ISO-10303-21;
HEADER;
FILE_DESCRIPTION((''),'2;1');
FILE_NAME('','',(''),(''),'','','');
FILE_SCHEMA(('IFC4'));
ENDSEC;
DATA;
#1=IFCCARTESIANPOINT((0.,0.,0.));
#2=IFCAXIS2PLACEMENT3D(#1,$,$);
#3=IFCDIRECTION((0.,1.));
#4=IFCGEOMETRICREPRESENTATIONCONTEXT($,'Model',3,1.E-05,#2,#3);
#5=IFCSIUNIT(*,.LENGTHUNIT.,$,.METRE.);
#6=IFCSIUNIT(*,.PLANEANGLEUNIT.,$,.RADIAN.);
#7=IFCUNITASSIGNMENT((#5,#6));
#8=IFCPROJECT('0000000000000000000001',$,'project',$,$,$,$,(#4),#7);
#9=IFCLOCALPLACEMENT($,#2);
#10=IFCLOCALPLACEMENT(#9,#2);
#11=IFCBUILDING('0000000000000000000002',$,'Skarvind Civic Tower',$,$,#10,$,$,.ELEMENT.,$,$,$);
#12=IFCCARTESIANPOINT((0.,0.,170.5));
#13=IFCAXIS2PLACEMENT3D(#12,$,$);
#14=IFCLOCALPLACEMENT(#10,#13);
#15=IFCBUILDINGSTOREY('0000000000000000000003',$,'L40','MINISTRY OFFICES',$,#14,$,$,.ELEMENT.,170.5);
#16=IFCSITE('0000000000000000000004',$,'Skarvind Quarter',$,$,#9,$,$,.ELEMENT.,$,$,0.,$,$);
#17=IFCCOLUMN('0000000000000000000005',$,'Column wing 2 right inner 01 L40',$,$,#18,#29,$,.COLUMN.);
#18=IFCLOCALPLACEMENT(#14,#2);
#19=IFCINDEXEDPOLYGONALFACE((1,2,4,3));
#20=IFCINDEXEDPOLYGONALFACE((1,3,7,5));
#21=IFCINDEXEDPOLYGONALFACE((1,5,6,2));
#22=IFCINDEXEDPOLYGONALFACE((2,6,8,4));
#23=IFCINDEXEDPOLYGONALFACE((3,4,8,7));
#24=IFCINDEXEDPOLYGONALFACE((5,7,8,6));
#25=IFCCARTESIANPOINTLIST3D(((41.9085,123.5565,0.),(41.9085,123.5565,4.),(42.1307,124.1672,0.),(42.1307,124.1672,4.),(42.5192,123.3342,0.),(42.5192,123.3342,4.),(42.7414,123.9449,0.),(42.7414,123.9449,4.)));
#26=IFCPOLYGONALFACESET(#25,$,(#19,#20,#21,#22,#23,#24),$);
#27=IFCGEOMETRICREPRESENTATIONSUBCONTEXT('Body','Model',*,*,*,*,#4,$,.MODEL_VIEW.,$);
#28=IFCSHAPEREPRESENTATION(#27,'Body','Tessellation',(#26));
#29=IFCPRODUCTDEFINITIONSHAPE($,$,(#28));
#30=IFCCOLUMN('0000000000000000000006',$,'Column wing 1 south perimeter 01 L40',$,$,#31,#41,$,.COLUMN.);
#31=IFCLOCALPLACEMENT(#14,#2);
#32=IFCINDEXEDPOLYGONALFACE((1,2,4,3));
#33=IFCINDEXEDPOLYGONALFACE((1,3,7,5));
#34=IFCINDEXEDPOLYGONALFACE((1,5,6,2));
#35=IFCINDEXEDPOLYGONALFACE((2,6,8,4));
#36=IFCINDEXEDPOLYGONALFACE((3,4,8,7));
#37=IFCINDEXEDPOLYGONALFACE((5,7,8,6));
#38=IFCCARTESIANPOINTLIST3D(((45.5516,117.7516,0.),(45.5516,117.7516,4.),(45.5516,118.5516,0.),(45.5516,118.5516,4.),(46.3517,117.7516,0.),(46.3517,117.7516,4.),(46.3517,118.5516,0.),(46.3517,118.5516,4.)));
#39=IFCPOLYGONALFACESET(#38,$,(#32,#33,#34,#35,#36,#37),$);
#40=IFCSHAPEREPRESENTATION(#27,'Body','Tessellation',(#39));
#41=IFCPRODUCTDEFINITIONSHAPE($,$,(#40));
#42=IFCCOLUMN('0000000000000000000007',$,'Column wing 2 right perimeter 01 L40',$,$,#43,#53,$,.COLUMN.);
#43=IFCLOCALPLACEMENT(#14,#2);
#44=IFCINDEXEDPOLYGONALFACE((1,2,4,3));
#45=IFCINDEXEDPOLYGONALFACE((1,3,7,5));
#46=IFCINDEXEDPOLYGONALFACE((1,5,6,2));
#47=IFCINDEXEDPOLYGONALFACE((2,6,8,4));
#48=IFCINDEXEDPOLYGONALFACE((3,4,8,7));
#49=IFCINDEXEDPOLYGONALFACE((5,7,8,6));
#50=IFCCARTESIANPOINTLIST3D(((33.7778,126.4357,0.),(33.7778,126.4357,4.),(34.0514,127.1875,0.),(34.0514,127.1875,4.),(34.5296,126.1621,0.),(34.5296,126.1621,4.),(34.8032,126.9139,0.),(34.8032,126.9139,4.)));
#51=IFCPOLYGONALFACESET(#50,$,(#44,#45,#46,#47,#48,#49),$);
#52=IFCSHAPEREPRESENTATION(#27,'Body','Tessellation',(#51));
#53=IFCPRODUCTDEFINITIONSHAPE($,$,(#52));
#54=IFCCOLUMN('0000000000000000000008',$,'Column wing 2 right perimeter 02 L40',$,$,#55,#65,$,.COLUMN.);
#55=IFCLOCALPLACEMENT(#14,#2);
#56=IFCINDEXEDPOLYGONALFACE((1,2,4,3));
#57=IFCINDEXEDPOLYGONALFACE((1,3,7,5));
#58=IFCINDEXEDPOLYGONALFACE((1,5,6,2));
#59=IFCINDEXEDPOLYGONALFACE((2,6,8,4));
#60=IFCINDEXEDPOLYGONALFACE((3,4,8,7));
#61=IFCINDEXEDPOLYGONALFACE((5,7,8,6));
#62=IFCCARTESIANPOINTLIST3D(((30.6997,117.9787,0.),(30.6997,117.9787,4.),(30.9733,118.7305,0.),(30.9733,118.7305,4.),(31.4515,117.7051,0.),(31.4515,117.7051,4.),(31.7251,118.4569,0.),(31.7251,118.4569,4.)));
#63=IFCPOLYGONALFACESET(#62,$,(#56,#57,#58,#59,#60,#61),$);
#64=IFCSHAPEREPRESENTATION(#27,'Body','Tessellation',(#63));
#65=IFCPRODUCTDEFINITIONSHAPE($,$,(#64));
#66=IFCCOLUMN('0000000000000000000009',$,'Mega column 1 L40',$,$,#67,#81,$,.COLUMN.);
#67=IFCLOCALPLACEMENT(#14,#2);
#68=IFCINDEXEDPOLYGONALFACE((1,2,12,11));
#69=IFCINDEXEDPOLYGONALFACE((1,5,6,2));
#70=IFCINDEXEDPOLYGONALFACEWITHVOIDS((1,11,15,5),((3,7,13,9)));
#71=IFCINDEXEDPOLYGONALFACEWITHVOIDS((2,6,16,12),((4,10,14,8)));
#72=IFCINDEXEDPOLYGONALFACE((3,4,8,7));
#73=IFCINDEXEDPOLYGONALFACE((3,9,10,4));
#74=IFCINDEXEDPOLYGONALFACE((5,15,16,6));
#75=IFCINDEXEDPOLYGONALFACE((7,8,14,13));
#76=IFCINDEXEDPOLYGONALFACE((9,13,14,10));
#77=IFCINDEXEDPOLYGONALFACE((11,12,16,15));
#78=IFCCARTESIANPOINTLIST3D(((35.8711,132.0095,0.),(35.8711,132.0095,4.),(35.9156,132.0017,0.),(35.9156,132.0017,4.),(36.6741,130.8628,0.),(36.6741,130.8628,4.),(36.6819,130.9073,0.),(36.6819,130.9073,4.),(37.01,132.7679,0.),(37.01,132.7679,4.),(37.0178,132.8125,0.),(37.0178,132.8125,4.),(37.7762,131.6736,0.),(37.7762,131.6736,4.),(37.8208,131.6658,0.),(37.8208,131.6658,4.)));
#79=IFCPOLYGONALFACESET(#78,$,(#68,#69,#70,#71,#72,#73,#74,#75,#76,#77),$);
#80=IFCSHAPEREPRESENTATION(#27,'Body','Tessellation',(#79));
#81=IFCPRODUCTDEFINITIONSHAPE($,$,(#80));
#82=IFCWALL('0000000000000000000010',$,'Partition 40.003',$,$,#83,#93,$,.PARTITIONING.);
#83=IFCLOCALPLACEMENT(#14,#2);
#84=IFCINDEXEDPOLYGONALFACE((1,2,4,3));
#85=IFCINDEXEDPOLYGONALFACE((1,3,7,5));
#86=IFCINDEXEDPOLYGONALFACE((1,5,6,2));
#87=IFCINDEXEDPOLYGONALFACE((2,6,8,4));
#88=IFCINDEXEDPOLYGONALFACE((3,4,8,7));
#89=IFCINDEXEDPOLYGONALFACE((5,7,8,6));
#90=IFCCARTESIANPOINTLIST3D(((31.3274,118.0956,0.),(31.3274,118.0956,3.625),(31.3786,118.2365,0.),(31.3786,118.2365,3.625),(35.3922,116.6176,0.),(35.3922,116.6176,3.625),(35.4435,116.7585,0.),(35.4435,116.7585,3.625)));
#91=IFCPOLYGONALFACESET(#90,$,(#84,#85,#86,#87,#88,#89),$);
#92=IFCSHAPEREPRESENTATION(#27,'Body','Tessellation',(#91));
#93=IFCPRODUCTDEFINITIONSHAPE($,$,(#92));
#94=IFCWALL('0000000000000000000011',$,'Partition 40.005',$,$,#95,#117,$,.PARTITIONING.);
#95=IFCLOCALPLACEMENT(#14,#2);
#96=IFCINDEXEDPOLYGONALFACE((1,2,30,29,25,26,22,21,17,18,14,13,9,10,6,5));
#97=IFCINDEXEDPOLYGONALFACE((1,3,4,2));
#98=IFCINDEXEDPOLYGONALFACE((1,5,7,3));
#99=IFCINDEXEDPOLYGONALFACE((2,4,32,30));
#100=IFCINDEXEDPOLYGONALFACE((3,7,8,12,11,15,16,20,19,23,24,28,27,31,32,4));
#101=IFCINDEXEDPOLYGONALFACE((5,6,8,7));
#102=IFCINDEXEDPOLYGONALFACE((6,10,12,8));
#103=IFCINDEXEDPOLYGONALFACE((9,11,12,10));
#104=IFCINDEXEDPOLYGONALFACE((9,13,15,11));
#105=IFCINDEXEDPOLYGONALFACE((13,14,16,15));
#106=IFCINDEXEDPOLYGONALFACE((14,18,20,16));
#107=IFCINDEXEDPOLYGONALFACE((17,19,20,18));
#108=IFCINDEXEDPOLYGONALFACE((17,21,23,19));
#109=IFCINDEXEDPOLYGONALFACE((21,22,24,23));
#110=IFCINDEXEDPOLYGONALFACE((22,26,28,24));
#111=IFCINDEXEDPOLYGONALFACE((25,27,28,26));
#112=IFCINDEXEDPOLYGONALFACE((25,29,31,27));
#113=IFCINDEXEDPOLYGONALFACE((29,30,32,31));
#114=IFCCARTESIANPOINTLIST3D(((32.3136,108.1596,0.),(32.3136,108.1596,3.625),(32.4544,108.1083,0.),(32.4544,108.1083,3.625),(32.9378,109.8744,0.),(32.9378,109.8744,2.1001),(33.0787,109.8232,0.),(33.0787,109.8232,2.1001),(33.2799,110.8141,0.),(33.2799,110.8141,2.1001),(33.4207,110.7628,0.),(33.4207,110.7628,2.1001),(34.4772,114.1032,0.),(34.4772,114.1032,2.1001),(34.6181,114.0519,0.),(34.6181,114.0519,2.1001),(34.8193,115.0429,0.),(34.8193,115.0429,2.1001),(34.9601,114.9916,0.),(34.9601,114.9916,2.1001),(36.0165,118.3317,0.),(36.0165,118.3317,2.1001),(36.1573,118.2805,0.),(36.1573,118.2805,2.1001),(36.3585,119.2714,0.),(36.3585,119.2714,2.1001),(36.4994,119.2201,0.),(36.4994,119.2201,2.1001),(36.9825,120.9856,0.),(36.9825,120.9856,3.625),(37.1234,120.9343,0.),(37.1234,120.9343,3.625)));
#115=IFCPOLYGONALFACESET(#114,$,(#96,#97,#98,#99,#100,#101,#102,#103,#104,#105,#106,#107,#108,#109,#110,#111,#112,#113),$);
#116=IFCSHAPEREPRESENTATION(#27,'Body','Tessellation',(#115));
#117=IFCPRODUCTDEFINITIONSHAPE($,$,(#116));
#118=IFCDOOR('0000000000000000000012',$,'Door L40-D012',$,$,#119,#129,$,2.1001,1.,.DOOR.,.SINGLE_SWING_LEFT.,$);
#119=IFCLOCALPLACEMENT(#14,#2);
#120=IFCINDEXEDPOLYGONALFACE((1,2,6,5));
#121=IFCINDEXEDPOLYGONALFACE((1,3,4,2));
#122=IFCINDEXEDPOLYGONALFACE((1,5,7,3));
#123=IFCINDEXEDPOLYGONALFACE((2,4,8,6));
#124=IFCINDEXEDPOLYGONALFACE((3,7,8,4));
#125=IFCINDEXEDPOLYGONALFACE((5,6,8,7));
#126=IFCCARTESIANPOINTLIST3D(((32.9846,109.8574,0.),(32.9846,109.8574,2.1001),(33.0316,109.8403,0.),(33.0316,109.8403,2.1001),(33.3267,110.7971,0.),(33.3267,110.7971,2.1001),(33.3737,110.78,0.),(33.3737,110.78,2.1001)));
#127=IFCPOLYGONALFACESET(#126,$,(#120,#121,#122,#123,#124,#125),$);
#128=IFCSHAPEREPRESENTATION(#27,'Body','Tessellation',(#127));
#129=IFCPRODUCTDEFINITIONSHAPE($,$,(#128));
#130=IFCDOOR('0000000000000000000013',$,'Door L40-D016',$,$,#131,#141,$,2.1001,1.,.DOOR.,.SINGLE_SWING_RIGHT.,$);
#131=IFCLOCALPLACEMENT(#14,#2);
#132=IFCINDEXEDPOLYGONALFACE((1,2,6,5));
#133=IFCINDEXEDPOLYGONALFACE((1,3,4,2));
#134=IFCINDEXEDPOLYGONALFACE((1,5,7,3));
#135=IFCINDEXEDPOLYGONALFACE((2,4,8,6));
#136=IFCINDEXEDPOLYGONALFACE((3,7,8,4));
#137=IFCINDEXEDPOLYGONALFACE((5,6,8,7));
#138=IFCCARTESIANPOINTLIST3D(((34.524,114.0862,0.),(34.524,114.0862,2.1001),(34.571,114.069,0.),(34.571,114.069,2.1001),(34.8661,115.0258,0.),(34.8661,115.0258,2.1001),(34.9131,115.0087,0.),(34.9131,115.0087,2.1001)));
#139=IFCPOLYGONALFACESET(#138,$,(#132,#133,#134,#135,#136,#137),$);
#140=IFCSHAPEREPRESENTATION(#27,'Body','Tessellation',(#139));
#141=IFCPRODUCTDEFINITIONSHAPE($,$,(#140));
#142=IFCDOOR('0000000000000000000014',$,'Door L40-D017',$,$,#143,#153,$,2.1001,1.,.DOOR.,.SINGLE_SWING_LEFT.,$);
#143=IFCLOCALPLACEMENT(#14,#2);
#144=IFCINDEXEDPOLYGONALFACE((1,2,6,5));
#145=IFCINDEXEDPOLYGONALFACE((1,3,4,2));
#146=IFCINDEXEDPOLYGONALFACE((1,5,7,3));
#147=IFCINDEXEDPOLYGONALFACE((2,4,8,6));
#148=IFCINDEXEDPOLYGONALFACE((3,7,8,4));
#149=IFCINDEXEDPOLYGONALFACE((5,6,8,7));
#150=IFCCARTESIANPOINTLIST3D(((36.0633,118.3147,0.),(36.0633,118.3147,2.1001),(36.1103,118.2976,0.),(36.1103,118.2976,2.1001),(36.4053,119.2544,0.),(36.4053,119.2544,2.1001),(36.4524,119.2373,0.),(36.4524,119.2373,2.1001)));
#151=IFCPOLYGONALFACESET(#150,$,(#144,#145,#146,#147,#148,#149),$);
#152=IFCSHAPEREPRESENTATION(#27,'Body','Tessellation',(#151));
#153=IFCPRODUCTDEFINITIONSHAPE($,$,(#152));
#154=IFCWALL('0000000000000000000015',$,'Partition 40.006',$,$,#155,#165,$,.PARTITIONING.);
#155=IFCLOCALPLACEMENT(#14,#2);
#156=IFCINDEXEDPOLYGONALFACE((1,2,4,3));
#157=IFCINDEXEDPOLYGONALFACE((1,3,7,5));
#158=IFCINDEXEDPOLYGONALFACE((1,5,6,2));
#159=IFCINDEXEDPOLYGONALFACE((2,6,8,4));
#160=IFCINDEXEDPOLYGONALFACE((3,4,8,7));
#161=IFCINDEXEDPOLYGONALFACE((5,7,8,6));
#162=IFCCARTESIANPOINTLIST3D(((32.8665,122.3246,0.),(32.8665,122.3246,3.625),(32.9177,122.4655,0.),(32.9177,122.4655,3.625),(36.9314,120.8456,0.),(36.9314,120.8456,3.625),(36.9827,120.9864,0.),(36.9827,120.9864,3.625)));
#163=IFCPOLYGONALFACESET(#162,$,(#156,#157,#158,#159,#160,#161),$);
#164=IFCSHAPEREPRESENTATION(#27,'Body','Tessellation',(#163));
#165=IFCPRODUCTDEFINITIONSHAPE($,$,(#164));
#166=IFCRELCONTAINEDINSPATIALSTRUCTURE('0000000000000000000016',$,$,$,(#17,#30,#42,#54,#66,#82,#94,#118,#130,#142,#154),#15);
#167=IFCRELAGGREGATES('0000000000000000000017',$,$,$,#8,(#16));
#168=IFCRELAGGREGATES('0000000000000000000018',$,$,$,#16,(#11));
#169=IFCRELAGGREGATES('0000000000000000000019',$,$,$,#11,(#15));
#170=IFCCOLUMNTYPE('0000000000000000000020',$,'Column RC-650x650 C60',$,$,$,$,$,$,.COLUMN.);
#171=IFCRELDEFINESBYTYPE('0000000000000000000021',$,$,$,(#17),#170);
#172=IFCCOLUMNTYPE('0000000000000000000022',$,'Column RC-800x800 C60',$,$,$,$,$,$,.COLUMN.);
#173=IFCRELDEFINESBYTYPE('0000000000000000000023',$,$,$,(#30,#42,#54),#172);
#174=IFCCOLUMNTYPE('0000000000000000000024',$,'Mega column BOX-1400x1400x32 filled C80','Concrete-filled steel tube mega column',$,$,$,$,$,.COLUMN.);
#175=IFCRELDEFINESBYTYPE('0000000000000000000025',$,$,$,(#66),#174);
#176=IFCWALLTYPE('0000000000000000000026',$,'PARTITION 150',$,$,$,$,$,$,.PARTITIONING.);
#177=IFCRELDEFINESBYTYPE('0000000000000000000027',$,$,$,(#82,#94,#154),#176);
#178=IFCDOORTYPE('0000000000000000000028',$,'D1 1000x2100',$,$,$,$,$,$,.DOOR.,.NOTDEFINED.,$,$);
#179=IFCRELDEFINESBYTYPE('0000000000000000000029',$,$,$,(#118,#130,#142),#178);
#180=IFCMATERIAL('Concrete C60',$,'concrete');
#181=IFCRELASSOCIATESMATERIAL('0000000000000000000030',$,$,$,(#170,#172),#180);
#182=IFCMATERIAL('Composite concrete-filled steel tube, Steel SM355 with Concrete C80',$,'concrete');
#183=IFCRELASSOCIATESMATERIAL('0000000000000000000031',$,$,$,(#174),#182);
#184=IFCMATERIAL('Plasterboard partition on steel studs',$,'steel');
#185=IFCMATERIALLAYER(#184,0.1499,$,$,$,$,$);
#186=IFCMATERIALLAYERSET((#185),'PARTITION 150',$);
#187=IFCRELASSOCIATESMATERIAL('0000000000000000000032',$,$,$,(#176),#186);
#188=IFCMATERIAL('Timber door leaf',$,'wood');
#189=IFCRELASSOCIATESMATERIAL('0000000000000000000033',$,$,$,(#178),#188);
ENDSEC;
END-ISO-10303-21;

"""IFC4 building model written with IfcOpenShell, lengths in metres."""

from ifc_helpers import new_model, si_unit, direction, frame, frame_2d, origin, origin_2d, place, context, subcontext, project, spatial, rectangle, hollow_rectangle, extrude, material, layer, layer_set, material_profile, profile_set, type_object, element, fill, save


model = new_model("IFC4")

# Units and contexts
model_context = context("Model", 3, precision=1e-05, world=origin(), true_north=direction((0.0, 1.0)))
body_context = subcontext(model_context, "Body", "Model", "MODEL_VIEW")
ifc_project = project(units=[si_unit("LENGTHUNIT", "METRE"), si_unit("PLANEANGLEUNIT", "RADIAN")], contexts=[model_context])

# Site, building, storey
site_placement = place(None, origin())
site = spatial("IfcSite", under=ifc_project, at=site_placement, Name="Skarvind Quarter", CompositionType="ELEMENT", RefElevation=0.0)
building_placement = place(site_placement, origin())
building = spatial("IfcBuilding", under=site, at=building_placement, Name="Skarvind Civic Tower", CompositionType="ELEMENT")
storey_placement = place(building_placement, frame((0.0, 0.0, 170.5)))
storey = spatial("IfcBuildingStorey", under=building, at=storey_placement, Name="L40", Description="MINISTRY OFFICES", CompositionType="ELEMENT", Elevation=170.5)

# Columns
ifc_material_1 = material(Name="Concrete C60", Category="concrete")
ifc_material_profile_1 = material_profile(ifc_material_1, rectangle(XDim=0.6499, YDim=0.6499, at=origin_2d()), Name="RC-650x650")
ifc_profile_set_1 = profile_set([ifc_material_profile_1], Name="Concrete C60")
column_type_1 = type_object("IfcColumnType", Name="Column RC-650x650 C60", PredefinedType="COLUMN", material=ifc_profile_set_1)
column_1_placement = place(storey_placement, frame((42.325, 123.7507, 0.0), z_axis=(0.0, 0.0, 1.0), x_axis=(-0.34202, -0.939693, 0.0)))
element("IfcColumn", 1, at=column_1_placement, inside=storey, type_object=column_type_1, Name="Column wing 2 right inner 01 L40", PredefinedType="COLUMN", context=body_context, shape_type="SweptSolid", body=[
    extrude(rectangle(XDim=0.6499, YDim=0.6499, at=origin_2d()), origin(), (0.0, 0.0, 1.0), 4.0),
])
ifc_material_profile_2 = material_profile(ifc_material_1, rectangle(XDim=0.8, YDim=0.8, at=origin_2d()), Name="RC-800x800")
ifc_profile_set_2 = profile_set([ifc_material_profile_2], Name="Concrete C60")
column_type_2 = type_object("IfcColumnType", Name="Column RC-800x800 C60", PredefinedType="COLUMN", material=ifc_profile_set_2)
for number, where, z_axis, x_axis, name in (
    (2, (45.9517, 118.1516, 0.0), (0.0, 0.0, 1.0), (1.0, 0.0, 0.0), "Column wing 1 south perimeter 01 L40"),
    (3, (34.2905, 126.6748, 0.0), (0.0, 0.0, 1.0), (-0.34202, -0.939693, 0.0), "Column wing 2 right perimeter 01 L40"),
    (4, (31.2124, 118.2178, 0.0), (0.0, 0.0, 1.0), (-0.34202, -0.939693, 0.0), "Column wing 2 right perimeter 02 L40"),
):
    element("IfcColumn", number, at=place(storey_placement, frame(where, z_axis=z_axis, x_axis=x_axis)), inside=storey, type_object=column_type_2, Name=name, PredefinedType="COLUMN", context=body_context, shape_type="SweptSolid", body=[
        extrude(rectangle(XDim=0.8, YDim=0.8, at=origin_2d()), origin(), (0.0, 0.0, 1.0), 4.0),
    ])
ifc_material_2 = material(Name="Composite concrete-filled steel tube, Steel SM355 with Concrete C80", Category="concrete")
ifc_material_profile_3 = material_profile(ifc_material_2, hollow_rectangle(XDim=1.3999, YDim=1.3999, WallThickness=0.032, at=origin_2d()), Name="BOX-1400x1400x32")
ifc_profile_set_3 = profile_set([ifc_material_profile_3], Name="Composite concrete-filled steel tube, Steel SM355 with Concrete C80")
column_type_3 = type_object("IfcColumnType", Name="Mega column BOX-1400x1400x32 filled C80", Description="Concrete-filled steel tube mega column", PredefinedType="COLUMN", material=ifc_profile_set_3)
column_2_placement = place(storey_placement, frame((36.8459, 131.8376, 0.0), z_axis=(0.0, 0.0, 1.0), x_axis=(0.573576, -0.819152, 0.0)))
element("IfcColumn", 5, at=column_2_placement, inside=storey, type_object=column_type_3, Name="Mega column 1 L40", PredefinedType="COLUMN", context=body_context, shape_type="SweptSolid", body=[
    extrude(hollow_rectangle(XDim=1.3999, YDim=1.3999, WallThickness=0.032, at=origin_2d()), origin(), (0.0, 0.0, 1.0), 4.0),
])

# Wall
ifc_material_3 = material(Name="Plasterboard partition on steel studs", Category="steel")
ifc_layer_1 = layer(ifc_material_3, 0.1499)
ifc_layer_set_1 = layer_set([ifc_layer_1], Name="PARTITION 150")
wall_type_1 = type_object("IfcWallType", Name="PARTITION 150", PredefinedType="PARTITIONING", material=ifc_layer_set_1)
wall_1_placement = place(storey_placement, frame((31.353, 118.166, 0.0), z_axis=(0.0, 0.0, 1.0), x_axis=(0.939803, -0.341716, 0.0)))
element("IfcWall", 6, at=wall_1_placement, inside=storey, type_object=wall_type_1, Name="Partition 40.003", PredefinedType="PARTITIONING", context=body_context, shape_type="SweptSolid", body=[
    extrude(rectangle(XDim=4.3252, YDim=0.1499, at=frame_2d((2.1626, 0.0))), origin(), (0.0, 0.0, 1.0), 3.625),
])

# Wall, openings, doors
wall_2_placement = place(storey_placement, frame((37.053, 120.96, 0.0), z_axis=(0.0, 0.0, 1.0), x_axis=(-0.342065, -0.939676, 0.0)))
wall_2 = element("IfcWall", 7, at=wall_2_placement, inside=storey, type_object=wall_type_1, Name="Partition 40.005", PredefinedType="PARTITIONING", context=body_context, shape_type="SweptSolid", body=[
    extrude(rectangle(XDim=13.6494, YDim=0.1499, at=frame_2d((6.8247, 0.0))), origin(), (0.0, 0.0, 1.0), 3.625),
])
opening_1_placement = place(wall_2_placement, frame((10.8245, 0.0, 0.0)))
opening_1 = element("IfcOpeningElement", 8, at=opening_1_placement, cuts=wall_2, PredefinedType="OPENING", context=body_context, shape_type="SweptSolid", body=[
    extrude(rectangle(XDim=1.0, YDim=2.1001, at=frame_2d((0.5, 1.05))), frame((0.0, 0.085, 0.0), z_axis=(0.0, -1.0, 0.0), x_axis=(1.0, 0.0, 0.0)), (0.0, 0.0, 1.0), 0.1699),
])
opening_2_placement = place(wall_2_placement, frame((6.3242, 0.0, 0.0)))
opening_2 = element("IfcOpeningElement", 9, at=opening_2_placement, cuts=wall_2, PredefinedType="OPENING", context=body_context, shape_type="SweptSolid", body=[
    extrude(rectangle(XDim=1.0, YDim=2.1001, at=frame_2d((0.5, 1.05))), frame((0.0, 0.085, 0.0), z_axis=(0.0, -1.0, 0.0), x_axis=(1.0, 0.0, 0.0)), (0.0, 0.0, 1.0), 0.1699),
])
opening_3_placement = place(wall_2_placement, frame((1.8242, 0.0, 0.0)))
opening_3 = element("IfcOpeningElement", 10, at=opening_3_placement, cuts=wall_2, PredefinedType="OPENING", context=body_context, shape_type="SweptSolid", body=[
    extrude(rectangle(XDim=1.0, YDim=2.1001, at=frame_2d((0.5, 1.05))), frame((0.0, 0.085, 0.0), z_axis=(0.0, -1.0, 0.0), x_axis=(1.0, 0.0, 0.0)), (0.0, 0.0, 1.0), 0.1699),
])
ifc_material_4 = material(Name="Timber door leaf", Category="wood")
door_type = type_object("IfcDoorType", Name="D1 1000x2100", OperationType="NOTDEFINED", PredefinedType="DOOR", material=ifc_material_4)
door_1_placement = place(opening_1_placement, origin())
door_1 = element("IfcDoor", 11, at=door_1_placement, inside=storey, type_object=door_type, Name="Door L40-D012", OperationType="SINGLE_SWING_LEFT", OverallHeight=2.1001, OverallWidth=1.0, PredefinedType="DOOR", context=body_context, shape_type="SweptSolid", body=[
    extrude(rectangle(XDim=1.0, YDim=2.1001, at=frame_2d((0.5, 1.05))), frame((0.0, 0.0249, 0.0), z_axis=(0.0, -1.0, 0.0), x_axis=(1.0, 0.0, 0.0)), (0.0, 0.0, 1.0), 0.05),
])
fill(opening_1, door_1)
door_2_placement = place(opening_2_placement, origin())
door_2 = element("IfcDoor", 12, at=door_2_placement, inside=storey, type_object=door_type, Name="Door L40-D016", OperationType="SINGLE_SWING_RIGHT", OverallHeight=2.1001, OverallWidth=1.0, PredefinedType="DOOR", context=body_context, shape_type="SweptSolid", body=[
    extrude(rectangle(XDim=1.0, YDim=2.1001, at=frame_2d((0.5, 1.05))), frame((0.0, 0.0249, 0.0), z_axis=(0.0, -1.0, 0.0), x_axis=(1.0, 0.0, 0.0)), (0.0, 0.0, 1.0), 0.05),
])
fill(opening_2, door_2)
door_3_placement = place(opening_3_placement, origin())
door_3 = element("IfcDoor", 13, at=door_3_placement, inside=storey, type_object=door_type, Name="Door L40-D017", OperationType="SINGLE_SWING_LEFT", OverallHeight=2.1001, OverallWidth=1.0, PredefinedType="DOOR", context=body_context, shape_type="SweptSolid", body=[
    extrude(rectangle(XDim=1.0, YDim=2.1001, at=frame_2d((0.5, 1.05))), frame((0.0, 0.0249, 0.0), z_axis=(0.0, -1.0, 0.0), x_axis=(1.0, 0.0, 0.0)), (0.0, 0.0, 1.0), 0.05),
])
fill(opening_3, door_3)

# Wall
wall_3_placement = place(storey_placement, frame((32.8921, 122.395, 0.0), z_axis=(0.0, 0.0, 1.0), x_axis=(0.939731, -0.341915, 0.0)))
element("IfcWall", 14, at=wall_3_placement, inside=storey, type_object=wall_type_1, Name="Partition 40.006", PredefinedType="PARTITIONING", context=body_context, shape_type="SweptSolid", body=[
    extrude(rectangle(XDim=4.3257, YDim=0.1499, at=frame_2d((2.1628, 0.0))), origin(), (0.0, 0.0, 1.0), 3.625),
])

save(model, "model.ifc")
